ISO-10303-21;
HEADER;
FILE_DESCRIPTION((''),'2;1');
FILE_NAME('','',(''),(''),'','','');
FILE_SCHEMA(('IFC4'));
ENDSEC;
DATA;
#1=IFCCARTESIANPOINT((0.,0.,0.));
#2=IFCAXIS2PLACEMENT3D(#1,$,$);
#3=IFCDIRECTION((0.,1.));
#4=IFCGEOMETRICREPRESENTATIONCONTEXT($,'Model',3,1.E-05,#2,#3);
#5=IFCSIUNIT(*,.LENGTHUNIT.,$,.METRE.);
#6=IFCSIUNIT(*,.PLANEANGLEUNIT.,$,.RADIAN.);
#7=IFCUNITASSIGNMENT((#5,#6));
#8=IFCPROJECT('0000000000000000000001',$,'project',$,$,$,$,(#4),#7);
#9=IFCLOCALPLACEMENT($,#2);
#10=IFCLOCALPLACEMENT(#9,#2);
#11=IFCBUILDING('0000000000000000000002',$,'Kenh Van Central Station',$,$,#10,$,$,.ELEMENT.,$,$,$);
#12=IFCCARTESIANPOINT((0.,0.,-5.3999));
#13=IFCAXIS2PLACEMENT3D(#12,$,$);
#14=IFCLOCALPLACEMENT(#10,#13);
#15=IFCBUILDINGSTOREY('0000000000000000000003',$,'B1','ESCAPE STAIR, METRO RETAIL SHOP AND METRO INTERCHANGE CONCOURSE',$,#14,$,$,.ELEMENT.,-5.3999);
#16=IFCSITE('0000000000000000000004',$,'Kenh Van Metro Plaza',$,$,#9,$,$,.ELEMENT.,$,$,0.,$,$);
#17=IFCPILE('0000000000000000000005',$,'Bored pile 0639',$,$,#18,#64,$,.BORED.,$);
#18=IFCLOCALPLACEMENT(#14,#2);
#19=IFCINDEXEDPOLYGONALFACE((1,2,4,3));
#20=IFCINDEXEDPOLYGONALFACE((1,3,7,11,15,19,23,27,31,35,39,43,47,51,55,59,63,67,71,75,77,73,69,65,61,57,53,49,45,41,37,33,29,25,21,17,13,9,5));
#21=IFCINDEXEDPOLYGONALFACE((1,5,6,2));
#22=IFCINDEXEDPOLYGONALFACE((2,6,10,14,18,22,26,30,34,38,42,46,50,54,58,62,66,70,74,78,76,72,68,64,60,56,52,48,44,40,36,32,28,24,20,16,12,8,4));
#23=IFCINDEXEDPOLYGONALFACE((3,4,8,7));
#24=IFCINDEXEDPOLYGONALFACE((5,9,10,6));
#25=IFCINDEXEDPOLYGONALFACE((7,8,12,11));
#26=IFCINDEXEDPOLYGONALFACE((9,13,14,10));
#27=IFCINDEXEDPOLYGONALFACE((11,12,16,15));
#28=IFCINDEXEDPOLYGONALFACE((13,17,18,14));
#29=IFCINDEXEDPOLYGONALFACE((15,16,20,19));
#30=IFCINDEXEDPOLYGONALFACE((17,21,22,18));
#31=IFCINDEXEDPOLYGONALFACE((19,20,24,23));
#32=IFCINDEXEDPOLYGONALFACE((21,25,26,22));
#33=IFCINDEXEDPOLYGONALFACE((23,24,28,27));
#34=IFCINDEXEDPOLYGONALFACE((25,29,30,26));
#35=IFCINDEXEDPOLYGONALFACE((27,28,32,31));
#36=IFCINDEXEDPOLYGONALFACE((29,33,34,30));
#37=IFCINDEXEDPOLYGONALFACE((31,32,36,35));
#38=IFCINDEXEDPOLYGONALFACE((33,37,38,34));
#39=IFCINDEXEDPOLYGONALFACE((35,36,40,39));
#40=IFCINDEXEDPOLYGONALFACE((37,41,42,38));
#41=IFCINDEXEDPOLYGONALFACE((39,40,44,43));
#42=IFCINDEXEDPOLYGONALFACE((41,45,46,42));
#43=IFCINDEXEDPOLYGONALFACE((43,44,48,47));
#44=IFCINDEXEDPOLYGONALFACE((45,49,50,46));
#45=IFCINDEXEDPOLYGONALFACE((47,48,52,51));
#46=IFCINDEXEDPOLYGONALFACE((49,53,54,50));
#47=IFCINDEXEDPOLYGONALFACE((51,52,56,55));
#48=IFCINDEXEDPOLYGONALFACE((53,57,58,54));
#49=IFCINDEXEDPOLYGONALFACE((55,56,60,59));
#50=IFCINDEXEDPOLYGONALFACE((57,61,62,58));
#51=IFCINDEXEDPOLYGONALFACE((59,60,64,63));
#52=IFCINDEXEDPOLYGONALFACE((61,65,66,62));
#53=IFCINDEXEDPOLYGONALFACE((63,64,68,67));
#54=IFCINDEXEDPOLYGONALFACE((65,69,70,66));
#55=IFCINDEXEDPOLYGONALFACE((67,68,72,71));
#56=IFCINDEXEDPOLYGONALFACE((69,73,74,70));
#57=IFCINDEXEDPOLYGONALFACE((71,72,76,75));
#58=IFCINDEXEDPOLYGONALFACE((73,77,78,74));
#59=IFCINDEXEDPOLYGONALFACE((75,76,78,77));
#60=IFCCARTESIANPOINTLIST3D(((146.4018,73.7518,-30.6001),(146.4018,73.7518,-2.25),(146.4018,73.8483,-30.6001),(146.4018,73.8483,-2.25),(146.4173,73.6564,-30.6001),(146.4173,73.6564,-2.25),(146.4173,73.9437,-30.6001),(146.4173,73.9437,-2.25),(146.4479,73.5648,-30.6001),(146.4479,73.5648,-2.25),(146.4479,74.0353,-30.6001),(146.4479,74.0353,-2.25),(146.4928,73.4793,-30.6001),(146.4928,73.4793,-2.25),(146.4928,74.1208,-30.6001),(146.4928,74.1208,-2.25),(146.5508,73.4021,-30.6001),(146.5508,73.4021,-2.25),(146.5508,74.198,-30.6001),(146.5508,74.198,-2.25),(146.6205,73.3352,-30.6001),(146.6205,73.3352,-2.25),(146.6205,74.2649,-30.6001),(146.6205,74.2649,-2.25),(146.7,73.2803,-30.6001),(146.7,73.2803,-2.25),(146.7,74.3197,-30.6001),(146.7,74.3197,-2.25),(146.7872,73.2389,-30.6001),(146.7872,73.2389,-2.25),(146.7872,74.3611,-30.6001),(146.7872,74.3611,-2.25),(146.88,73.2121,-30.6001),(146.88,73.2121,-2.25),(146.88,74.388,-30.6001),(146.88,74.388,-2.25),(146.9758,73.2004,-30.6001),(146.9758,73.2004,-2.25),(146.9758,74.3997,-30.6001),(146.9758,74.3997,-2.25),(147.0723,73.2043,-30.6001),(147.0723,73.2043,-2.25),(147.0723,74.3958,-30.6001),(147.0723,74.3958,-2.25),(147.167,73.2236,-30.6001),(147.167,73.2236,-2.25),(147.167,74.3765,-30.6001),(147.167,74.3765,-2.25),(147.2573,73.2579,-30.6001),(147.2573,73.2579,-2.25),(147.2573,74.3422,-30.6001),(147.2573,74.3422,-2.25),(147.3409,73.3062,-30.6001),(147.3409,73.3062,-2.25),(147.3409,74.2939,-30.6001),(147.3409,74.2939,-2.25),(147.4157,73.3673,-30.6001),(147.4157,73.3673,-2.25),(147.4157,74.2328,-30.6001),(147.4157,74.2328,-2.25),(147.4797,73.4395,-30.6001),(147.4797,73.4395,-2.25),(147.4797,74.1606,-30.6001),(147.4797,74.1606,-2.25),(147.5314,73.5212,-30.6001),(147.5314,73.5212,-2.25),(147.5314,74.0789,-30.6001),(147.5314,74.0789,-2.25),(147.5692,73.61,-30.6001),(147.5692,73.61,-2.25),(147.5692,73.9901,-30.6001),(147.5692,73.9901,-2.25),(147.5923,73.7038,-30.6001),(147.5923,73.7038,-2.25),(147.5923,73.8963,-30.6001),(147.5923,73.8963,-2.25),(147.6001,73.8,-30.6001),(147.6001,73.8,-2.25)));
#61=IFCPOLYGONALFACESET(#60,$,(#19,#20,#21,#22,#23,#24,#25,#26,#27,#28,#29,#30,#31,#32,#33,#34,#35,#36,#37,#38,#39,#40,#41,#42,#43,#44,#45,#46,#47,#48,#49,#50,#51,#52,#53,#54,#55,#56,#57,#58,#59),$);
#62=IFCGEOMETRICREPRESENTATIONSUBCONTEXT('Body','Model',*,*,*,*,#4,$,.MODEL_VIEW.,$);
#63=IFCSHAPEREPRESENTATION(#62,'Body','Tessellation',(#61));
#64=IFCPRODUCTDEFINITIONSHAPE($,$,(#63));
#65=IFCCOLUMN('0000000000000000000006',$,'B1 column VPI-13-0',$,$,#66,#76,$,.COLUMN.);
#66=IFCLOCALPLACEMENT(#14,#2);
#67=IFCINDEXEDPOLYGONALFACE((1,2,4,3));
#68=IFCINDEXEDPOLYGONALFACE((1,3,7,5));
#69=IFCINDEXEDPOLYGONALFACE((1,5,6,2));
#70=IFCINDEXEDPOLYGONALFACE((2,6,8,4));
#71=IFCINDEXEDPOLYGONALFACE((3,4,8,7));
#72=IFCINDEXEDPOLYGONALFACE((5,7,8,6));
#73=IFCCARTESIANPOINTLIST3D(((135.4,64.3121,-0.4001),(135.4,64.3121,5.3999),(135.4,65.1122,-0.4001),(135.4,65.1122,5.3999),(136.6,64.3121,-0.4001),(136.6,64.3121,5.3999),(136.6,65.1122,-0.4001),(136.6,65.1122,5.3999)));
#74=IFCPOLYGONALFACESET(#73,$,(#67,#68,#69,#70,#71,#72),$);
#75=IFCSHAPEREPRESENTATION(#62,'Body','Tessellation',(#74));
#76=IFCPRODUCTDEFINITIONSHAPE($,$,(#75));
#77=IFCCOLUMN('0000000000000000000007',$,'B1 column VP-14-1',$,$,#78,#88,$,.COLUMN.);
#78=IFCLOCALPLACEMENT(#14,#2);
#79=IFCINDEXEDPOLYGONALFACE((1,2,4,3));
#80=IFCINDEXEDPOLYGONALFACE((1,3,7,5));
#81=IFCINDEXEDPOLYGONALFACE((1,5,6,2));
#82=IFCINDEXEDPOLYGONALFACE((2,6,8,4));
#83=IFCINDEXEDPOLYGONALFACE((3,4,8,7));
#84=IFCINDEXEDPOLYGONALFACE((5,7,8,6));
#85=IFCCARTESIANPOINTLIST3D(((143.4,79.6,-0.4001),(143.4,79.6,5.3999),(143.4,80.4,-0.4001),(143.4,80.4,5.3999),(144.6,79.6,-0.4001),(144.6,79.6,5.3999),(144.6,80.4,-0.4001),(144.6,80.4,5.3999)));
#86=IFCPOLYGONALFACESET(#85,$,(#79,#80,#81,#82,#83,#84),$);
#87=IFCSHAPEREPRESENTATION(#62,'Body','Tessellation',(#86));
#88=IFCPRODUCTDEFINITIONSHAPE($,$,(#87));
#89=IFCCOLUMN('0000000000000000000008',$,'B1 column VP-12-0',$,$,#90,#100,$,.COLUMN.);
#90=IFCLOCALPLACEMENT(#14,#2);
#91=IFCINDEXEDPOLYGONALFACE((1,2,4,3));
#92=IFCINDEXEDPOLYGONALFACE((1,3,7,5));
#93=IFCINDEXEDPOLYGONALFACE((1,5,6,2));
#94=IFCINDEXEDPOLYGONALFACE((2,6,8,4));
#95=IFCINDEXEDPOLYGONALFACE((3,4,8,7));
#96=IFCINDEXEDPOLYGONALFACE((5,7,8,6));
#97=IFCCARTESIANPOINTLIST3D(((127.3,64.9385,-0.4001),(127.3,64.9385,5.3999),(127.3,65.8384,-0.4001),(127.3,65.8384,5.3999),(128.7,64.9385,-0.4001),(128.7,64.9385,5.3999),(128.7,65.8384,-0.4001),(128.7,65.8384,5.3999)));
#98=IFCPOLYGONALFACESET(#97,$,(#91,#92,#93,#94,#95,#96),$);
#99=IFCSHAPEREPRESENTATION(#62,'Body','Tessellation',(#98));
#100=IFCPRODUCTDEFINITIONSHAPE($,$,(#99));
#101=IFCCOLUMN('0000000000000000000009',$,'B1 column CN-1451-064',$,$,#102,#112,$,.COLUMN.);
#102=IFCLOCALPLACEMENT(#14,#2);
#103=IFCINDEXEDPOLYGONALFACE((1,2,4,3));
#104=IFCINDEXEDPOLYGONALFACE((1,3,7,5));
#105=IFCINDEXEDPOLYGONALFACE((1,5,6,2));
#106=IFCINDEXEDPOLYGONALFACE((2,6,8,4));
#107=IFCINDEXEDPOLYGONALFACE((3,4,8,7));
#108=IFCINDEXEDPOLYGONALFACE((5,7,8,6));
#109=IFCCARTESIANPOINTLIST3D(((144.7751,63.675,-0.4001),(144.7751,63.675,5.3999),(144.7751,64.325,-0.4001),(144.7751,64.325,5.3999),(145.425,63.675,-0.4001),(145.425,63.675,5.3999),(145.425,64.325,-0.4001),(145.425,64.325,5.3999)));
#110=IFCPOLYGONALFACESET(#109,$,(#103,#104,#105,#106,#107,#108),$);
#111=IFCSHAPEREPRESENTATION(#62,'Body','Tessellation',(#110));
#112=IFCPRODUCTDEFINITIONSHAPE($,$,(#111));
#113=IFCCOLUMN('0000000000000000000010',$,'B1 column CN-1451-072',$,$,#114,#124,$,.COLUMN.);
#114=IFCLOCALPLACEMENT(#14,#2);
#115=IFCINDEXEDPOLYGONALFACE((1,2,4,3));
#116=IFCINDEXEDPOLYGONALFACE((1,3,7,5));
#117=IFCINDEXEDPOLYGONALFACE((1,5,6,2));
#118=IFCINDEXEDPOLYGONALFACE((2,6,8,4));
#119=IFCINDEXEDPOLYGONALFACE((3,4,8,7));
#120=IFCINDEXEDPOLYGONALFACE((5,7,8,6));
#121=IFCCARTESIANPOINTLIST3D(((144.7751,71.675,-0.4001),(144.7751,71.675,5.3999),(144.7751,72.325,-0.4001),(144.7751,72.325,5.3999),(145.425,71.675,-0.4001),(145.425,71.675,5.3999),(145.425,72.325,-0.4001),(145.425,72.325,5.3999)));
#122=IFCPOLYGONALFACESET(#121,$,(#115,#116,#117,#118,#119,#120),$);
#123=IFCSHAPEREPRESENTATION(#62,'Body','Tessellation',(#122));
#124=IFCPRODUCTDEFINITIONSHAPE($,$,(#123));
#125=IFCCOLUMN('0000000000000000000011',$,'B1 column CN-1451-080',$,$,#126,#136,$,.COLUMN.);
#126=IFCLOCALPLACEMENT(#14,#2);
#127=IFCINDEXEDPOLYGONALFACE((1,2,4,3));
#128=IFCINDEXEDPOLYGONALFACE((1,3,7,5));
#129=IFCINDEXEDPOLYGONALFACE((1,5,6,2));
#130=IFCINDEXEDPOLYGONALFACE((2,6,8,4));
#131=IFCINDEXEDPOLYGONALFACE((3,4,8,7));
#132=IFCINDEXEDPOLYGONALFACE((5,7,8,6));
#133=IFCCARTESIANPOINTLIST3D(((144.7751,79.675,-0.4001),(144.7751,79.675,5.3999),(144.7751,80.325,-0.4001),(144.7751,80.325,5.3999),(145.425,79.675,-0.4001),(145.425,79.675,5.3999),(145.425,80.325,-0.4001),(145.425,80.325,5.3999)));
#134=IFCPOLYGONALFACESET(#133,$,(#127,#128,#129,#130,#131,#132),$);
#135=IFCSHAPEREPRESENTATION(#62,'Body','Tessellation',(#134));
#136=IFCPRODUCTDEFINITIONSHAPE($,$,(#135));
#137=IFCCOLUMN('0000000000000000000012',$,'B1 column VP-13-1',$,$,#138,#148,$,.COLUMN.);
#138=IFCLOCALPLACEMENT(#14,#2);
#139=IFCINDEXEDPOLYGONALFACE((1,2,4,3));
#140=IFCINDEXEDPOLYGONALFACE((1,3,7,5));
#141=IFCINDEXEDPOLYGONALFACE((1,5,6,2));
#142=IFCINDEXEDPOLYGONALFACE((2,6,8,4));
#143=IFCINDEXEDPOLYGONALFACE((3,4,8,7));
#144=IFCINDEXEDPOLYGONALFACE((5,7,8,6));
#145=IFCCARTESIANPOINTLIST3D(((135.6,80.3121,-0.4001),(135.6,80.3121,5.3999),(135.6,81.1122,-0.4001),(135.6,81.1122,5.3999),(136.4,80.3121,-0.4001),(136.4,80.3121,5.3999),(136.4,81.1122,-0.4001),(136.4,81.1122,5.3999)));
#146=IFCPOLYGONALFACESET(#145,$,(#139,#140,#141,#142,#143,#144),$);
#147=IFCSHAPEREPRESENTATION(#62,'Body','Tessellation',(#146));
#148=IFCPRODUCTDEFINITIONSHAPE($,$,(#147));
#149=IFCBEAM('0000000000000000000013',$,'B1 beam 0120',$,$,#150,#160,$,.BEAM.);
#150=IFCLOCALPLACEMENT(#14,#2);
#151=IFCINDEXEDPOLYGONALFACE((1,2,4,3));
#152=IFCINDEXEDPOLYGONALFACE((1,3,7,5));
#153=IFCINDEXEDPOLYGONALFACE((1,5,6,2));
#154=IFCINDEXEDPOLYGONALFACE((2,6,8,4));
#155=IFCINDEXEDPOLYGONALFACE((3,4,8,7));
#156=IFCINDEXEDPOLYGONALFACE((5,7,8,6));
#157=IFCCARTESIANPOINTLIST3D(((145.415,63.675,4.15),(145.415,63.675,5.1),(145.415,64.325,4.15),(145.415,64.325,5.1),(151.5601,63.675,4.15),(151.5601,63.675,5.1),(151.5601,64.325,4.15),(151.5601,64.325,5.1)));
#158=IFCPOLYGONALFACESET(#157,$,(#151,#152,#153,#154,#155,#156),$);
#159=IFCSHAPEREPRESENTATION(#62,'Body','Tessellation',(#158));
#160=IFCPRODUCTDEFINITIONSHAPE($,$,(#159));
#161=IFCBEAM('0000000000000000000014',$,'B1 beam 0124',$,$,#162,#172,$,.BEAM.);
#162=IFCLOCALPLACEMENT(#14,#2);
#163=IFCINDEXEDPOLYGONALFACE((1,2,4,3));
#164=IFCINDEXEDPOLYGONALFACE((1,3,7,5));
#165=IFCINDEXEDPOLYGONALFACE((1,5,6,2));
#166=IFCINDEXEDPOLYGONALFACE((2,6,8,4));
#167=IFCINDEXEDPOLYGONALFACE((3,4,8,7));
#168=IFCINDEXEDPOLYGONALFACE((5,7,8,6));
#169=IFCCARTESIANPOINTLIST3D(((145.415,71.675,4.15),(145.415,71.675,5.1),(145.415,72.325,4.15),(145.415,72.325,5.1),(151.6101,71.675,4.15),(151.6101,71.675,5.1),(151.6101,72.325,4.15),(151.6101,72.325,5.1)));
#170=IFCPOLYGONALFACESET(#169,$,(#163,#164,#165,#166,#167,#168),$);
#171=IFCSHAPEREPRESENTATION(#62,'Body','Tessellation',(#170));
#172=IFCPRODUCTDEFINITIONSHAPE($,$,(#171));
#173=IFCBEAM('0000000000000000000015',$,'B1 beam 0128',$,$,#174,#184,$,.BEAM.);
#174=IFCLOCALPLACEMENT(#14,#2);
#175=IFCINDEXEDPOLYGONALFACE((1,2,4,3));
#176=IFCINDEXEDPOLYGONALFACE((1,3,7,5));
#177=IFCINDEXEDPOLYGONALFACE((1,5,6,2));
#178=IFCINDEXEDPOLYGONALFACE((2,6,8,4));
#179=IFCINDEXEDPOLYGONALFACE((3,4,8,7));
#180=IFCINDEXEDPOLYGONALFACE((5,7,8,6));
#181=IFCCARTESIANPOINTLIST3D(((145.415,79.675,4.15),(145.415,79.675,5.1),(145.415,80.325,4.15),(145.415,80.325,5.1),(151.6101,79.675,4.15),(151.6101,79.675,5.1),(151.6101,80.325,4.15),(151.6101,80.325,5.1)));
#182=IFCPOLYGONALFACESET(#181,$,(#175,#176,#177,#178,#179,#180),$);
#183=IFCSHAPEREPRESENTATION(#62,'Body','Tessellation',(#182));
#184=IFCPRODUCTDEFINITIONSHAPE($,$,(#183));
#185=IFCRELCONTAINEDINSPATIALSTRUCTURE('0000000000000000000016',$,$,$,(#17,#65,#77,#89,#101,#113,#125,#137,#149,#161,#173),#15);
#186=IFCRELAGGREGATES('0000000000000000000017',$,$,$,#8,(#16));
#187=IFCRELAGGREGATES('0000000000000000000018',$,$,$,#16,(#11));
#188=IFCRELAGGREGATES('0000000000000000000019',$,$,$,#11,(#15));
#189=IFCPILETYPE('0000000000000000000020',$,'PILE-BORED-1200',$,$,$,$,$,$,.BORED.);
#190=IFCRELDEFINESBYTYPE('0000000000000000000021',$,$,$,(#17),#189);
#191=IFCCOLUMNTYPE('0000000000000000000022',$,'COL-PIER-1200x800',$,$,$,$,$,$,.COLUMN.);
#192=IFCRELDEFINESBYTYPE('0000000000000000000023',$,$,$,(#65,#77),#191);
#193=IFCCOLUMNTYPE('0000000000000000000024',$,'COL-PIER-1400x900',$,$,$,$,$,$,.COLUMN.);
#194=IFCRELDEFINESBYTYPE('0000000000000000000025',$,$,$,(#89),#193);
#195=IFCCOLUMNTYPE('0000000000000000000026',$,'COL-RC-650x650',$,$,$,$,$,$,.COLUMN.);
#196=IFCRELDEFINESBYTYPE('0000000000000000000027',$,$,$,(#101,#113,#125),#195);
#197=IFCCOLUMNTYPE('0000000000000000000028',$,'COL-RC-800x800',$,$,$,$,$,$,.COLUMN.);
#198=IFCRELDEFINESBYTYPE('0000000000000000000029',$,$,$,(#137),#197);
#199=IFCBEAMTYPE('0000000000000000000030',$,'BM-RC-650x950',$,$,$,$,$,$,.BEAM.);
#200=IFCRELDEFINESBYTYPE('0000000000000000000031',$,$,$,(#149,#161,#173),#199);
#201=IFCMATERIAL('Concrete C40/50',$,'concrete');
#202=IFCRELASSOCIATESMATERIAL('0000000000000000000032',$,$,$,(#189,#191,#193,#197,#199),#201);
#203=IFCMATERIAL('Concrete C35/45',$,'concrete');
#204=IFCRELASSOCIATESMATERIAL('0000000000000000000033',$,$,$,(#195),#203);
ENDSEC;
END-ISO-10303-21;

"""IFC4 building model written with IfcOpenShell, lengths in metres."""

from ifc_helpers import new_model, si_unit, direction, frame, origin, origin_2d, place, context, subcontext, project, spatial, rectangle, circle, extrude, material, material_profile, profile_set, type_object, element, save


model = new_model("IFC4")

# Units and contexts
model_context = context("Model", 3, precision=1e-05, world=origin(), true_north=direction((0.0, 1.0)))
body_context = subcontext(model_context, "Body", "Model", "MODEL_VIEW")
ifc_project = project(units=[si_unit("LENGTHUNIT", "METRE"), si_unit("PLANEANGLEUNIT", "RADIAN")], contexts=[model_context])

# Site, building, storey
site_placement = place(None, origin())
site = spatial("IfcSite", under=ifc_project, at=site_placement, Name="Kenh Van Metro Plaza", CompositionType="ELEMENT", RefElevation=0.0)
building_placement = place(site_placement, origin())
building = spatial("IfcBuilding", under=site, at=building_placement, Name="Kenh Van Central Station", CompositionType="ELEMENT")
storey_placement = place(building_placement, frame((0.0, 0.0, -5.3999)))
storey = spatial("IfcBuildingStorey", under=building, at=storey_placement, Name="B1", Description="ESCAPE STAIR, METRO RETAIL SHOP AND METRO INTERCHANGE CONCOURSE", CompositionType="ELEMENT", Elevation=-5.3999)

# Shared definitions
ifc_material_1 = material(Name="Concrete C40/50", Category="concrete")

# Pile
ifc_material_profile_1 = material_profile(ifc_material_1, circle(Radius=0.6001, at=origin_2d()), Name="PILE D1200")
ifc_profile_set_1 = profile_set([ifc_material_profile_1], Name="Concrete C40/50")
pile_type_1 = type_object("IfcPileType", Name="PILE-BORED-1200", PredefinedType="BORED", material=ifc_profile_set_1)
for number, where, z_axis, x_axis, name in (
    (1, (147.0, 73.8, -2.25), (0.0, 0.0, -1.0), (1.0, 0.0, 0.0), "Bored pile 0639"),
):
    element("IfcPile", number, at=place(storey_placement, frame(where, z_axis=z_axis, x_axis=x_axis)), inside=storey, type_object=pile_type_1, Name=name, PredefinedType="BORED", context=body_context, shape_type="SweptSolid", body=[
        extrude(circle(Radius=0.6001, at=origin_2d()), origin(), (0.0, 0.0, 1.0), 28.3501),
    ])

# Columns
ifc_material_profile_2 = material_profile(ifc_material_1, rectangle(XDim=1.2, YDim=0.8, at=origin_2d()), Name="RC 1200x800")
ifc_profile_set_2 = profile_set([ifc_material_profile_2], Name="Concrete C40/50")
column_type_1 = type_object("IfcColumnType", Name="COL-PIER-1200x800", PredefinedType="COLUMN", material=ifc_profile_set_2)
for number, where, z_axis, x_axis, name in (
    (2, (136.0, 64.7122, -0.4001), (0.0, 0.0, 1.0), (1.0, 0.0, 0.0), "B1 column VPI-13-0"),
    (3, (144.0, 80.0, -0.4001), (0.0, 0.0, 1.0), (1.0, 0.0, 0.0), "B1 column VP-14-1"),
):
    element("IfcColumn", number, at=place(storey_placement, frame(where, z_axis=z_axis, x_axis=x_axis)), inside=storey, type_object=column_type_1, Name=name, PredefinedType="COLUMN", context=body_context, shape_type="SweptSolid", body=[
        extrude(rectangle(XDim=1.2, YDim=0.8, at=origin_2d()), origin(), (0.0, 0.0, 1.0), 5.8),
    ])
ifc_material_profile_3 = material_profile(ifc_material_1, rectangle(XDim=1.3999, YDim=0.8999, at=origin_2d()), Name="RC 1400x900")
ifc_profile_set_3 = profile_set([ifc_material_profile_3], Name="Concrete C40/50")
column_type_2 = type_object("IfcColumnType", Name="COL-PIER-1400x900", PredefinedType="COLUMN", material=ifc_profile_set_3)
column_1_placement = place(storey_placement, frame((128.0, 65.3884, -0.4001), z_axis=(0.0, 0.0, 1.0), x_axis=(1.0, 0.0, 0.0)))
element("IfcColumn", 4, at=column_1_placement, inside=storey, type_object=column_type_2, Name="B1 column VP-12-0", PredefinedType="COLUMN", context=body_context, shape_type="SweptSolid", body=[
    extrude(rectangle(XDim=1.3999, YDim=0.8999, at=origin_2d()), origin(), (0.0, 0.0, 1.0), 5.8),
])
ifc_material_2 = material(Name="Concrete C35/45", Category="concrete")
ifc_material_profile_4 = material_profile(ifc_material_2, rectangle(XDim=0.6499, YDim=0.6499, at=origin_2d()), Name="RC 650x650")
ifc_profile_set_4 = profile_set([ifc_material_profile_4], Name="Concrete C35/45")
column_type_3 = type_object("IfcColumnType", Name="COL-RC-650x650", PredefinedType="COLUMN", material=ifc_profile_set_4)
for number, where, z_axis, x_axis, name in (
    (5, (145.1001, 64.0, -0.4001), (0.0, 0.0, 1.0), (1.0, 0.0, 0.0), "B1 column CN-1451-064"),
    (6, (145.1001, 72.0, -0.4001), (0.0, 0.0, 1.0), (1.0, 0.0, 0.0), "B1 column CN-1451-072"),
    (7, (145.1001, 80.0, -0.4001), (0.0, 0.0, 1.0), (1.0, 0.0, 0.0), "B1 column CN-1451-080"),
):
    element("IfcColumn", number, at=place(storey_placement, frame(where, z_axis=z_axis, x_axis=x_axis)), inside=storey, type_object=column_type_3, Name=name, PredefinedType="COLUMN", context=body_context, shape_type="SweptSolid", body=[
        extrude(rectangle(XDim=0.6499, YDim=0.6499, at=origin_2d()), origin(), (0.0, 0.0, 1.0), 5.8),
    ])
ifc_material_profile_5 = material_profile(ifc_material_1, rectangle(XDim=0.8, YDim=0.8, at=origin_2d()), Name="RC 800x800")
ifc_profile_set_5 = profile_set([ifc_material_profile_5], Name="Concrete C40/50")
column_type_4 = type_object("IfcColumnType", Name="COL-RC-800x800", PredefinedType="COLUMN", material=ifc_profile_set_5)
column_2_placement = place(storey_placement, frame((136.0, 80.7122, -0.4001), z_axis=(0.0, 0.0, 1.0), x_axis=(1.0, 0.0, 0.0)))
element("IfcColumn", 8, at=column_2_placement, inside=storey, type_object=column_type_4, Name="B1 column VP-13-1", PredefinedType="COLUMN", context=body_context, shape_type="SweptSolid", body=[
    extrude(rectangle(XDim=0.8, YDim=0.8, at=origin_2d()), origin(), (0.0, 0.0, 1.0), 5.8),
])

# Beams
ifc_material_profile_6 = material_profile(ifc_material_1, rectangle(XDim=0.6499, YDim=0.95, at=origin_2d()), Name="RC 650x950")
ifc_profile_set_6 = profile_set([ifc_material_profile_6], Name="Concrete C40/50")
beam_type_1 = type_object("IfcBeamType", Name="BM-RC-650x950", PredefinedType="BEAM", material=ifc_profile_set_6)
beam_placement = place(storey_placement, frame((145.415, 64.0, 4.625), z_axis=(1.0, 0.0, 0.0), x_axis=(0.0, 1.0, 0.0)))
element("IfcBeam", 9, at=beam_placement, inside=storey, type_object=beam_type_1, Name="B1 beam 0120", PredefinedType="BEAM", context=body_context, shape_type="SweptSolid", body=[
    extrude(rectangle(XDim=0.6499, YDim=0.95, at=origin_2d()), origin(), (0.0, 0.0, 1.0), 6.145),
])
for number, where, z_axis, x_axis, name in (
    (10, (145.415, 72.0, 4.625), (1.0, 0.0, 0.0), (0.0, 1.0, 0.0), "B1 beam 0124"),
    (11, (145.415, 80.0, 4.625), (1.0, 0.0, 0.0), (0.0, 1.0, 0.0), "B1 beam 0128"),
):
    element("IfcBeam", number, at=place(storey_placement, frame(where, z_axis=z_axis, x_axis=x_axis)), inside=storey, type_object=beam_type_1, Name=name, PredefinedType="BEAM", context=body_context, shape_type="SweptSolid", body=[
        extrude(rectangle(XDim=0.6499, YDim=0.95, at=origin_2d()), origin(), (0.0, 0.0, 1.0), 6.1951),
    ])

save(model, "model.ifc")
